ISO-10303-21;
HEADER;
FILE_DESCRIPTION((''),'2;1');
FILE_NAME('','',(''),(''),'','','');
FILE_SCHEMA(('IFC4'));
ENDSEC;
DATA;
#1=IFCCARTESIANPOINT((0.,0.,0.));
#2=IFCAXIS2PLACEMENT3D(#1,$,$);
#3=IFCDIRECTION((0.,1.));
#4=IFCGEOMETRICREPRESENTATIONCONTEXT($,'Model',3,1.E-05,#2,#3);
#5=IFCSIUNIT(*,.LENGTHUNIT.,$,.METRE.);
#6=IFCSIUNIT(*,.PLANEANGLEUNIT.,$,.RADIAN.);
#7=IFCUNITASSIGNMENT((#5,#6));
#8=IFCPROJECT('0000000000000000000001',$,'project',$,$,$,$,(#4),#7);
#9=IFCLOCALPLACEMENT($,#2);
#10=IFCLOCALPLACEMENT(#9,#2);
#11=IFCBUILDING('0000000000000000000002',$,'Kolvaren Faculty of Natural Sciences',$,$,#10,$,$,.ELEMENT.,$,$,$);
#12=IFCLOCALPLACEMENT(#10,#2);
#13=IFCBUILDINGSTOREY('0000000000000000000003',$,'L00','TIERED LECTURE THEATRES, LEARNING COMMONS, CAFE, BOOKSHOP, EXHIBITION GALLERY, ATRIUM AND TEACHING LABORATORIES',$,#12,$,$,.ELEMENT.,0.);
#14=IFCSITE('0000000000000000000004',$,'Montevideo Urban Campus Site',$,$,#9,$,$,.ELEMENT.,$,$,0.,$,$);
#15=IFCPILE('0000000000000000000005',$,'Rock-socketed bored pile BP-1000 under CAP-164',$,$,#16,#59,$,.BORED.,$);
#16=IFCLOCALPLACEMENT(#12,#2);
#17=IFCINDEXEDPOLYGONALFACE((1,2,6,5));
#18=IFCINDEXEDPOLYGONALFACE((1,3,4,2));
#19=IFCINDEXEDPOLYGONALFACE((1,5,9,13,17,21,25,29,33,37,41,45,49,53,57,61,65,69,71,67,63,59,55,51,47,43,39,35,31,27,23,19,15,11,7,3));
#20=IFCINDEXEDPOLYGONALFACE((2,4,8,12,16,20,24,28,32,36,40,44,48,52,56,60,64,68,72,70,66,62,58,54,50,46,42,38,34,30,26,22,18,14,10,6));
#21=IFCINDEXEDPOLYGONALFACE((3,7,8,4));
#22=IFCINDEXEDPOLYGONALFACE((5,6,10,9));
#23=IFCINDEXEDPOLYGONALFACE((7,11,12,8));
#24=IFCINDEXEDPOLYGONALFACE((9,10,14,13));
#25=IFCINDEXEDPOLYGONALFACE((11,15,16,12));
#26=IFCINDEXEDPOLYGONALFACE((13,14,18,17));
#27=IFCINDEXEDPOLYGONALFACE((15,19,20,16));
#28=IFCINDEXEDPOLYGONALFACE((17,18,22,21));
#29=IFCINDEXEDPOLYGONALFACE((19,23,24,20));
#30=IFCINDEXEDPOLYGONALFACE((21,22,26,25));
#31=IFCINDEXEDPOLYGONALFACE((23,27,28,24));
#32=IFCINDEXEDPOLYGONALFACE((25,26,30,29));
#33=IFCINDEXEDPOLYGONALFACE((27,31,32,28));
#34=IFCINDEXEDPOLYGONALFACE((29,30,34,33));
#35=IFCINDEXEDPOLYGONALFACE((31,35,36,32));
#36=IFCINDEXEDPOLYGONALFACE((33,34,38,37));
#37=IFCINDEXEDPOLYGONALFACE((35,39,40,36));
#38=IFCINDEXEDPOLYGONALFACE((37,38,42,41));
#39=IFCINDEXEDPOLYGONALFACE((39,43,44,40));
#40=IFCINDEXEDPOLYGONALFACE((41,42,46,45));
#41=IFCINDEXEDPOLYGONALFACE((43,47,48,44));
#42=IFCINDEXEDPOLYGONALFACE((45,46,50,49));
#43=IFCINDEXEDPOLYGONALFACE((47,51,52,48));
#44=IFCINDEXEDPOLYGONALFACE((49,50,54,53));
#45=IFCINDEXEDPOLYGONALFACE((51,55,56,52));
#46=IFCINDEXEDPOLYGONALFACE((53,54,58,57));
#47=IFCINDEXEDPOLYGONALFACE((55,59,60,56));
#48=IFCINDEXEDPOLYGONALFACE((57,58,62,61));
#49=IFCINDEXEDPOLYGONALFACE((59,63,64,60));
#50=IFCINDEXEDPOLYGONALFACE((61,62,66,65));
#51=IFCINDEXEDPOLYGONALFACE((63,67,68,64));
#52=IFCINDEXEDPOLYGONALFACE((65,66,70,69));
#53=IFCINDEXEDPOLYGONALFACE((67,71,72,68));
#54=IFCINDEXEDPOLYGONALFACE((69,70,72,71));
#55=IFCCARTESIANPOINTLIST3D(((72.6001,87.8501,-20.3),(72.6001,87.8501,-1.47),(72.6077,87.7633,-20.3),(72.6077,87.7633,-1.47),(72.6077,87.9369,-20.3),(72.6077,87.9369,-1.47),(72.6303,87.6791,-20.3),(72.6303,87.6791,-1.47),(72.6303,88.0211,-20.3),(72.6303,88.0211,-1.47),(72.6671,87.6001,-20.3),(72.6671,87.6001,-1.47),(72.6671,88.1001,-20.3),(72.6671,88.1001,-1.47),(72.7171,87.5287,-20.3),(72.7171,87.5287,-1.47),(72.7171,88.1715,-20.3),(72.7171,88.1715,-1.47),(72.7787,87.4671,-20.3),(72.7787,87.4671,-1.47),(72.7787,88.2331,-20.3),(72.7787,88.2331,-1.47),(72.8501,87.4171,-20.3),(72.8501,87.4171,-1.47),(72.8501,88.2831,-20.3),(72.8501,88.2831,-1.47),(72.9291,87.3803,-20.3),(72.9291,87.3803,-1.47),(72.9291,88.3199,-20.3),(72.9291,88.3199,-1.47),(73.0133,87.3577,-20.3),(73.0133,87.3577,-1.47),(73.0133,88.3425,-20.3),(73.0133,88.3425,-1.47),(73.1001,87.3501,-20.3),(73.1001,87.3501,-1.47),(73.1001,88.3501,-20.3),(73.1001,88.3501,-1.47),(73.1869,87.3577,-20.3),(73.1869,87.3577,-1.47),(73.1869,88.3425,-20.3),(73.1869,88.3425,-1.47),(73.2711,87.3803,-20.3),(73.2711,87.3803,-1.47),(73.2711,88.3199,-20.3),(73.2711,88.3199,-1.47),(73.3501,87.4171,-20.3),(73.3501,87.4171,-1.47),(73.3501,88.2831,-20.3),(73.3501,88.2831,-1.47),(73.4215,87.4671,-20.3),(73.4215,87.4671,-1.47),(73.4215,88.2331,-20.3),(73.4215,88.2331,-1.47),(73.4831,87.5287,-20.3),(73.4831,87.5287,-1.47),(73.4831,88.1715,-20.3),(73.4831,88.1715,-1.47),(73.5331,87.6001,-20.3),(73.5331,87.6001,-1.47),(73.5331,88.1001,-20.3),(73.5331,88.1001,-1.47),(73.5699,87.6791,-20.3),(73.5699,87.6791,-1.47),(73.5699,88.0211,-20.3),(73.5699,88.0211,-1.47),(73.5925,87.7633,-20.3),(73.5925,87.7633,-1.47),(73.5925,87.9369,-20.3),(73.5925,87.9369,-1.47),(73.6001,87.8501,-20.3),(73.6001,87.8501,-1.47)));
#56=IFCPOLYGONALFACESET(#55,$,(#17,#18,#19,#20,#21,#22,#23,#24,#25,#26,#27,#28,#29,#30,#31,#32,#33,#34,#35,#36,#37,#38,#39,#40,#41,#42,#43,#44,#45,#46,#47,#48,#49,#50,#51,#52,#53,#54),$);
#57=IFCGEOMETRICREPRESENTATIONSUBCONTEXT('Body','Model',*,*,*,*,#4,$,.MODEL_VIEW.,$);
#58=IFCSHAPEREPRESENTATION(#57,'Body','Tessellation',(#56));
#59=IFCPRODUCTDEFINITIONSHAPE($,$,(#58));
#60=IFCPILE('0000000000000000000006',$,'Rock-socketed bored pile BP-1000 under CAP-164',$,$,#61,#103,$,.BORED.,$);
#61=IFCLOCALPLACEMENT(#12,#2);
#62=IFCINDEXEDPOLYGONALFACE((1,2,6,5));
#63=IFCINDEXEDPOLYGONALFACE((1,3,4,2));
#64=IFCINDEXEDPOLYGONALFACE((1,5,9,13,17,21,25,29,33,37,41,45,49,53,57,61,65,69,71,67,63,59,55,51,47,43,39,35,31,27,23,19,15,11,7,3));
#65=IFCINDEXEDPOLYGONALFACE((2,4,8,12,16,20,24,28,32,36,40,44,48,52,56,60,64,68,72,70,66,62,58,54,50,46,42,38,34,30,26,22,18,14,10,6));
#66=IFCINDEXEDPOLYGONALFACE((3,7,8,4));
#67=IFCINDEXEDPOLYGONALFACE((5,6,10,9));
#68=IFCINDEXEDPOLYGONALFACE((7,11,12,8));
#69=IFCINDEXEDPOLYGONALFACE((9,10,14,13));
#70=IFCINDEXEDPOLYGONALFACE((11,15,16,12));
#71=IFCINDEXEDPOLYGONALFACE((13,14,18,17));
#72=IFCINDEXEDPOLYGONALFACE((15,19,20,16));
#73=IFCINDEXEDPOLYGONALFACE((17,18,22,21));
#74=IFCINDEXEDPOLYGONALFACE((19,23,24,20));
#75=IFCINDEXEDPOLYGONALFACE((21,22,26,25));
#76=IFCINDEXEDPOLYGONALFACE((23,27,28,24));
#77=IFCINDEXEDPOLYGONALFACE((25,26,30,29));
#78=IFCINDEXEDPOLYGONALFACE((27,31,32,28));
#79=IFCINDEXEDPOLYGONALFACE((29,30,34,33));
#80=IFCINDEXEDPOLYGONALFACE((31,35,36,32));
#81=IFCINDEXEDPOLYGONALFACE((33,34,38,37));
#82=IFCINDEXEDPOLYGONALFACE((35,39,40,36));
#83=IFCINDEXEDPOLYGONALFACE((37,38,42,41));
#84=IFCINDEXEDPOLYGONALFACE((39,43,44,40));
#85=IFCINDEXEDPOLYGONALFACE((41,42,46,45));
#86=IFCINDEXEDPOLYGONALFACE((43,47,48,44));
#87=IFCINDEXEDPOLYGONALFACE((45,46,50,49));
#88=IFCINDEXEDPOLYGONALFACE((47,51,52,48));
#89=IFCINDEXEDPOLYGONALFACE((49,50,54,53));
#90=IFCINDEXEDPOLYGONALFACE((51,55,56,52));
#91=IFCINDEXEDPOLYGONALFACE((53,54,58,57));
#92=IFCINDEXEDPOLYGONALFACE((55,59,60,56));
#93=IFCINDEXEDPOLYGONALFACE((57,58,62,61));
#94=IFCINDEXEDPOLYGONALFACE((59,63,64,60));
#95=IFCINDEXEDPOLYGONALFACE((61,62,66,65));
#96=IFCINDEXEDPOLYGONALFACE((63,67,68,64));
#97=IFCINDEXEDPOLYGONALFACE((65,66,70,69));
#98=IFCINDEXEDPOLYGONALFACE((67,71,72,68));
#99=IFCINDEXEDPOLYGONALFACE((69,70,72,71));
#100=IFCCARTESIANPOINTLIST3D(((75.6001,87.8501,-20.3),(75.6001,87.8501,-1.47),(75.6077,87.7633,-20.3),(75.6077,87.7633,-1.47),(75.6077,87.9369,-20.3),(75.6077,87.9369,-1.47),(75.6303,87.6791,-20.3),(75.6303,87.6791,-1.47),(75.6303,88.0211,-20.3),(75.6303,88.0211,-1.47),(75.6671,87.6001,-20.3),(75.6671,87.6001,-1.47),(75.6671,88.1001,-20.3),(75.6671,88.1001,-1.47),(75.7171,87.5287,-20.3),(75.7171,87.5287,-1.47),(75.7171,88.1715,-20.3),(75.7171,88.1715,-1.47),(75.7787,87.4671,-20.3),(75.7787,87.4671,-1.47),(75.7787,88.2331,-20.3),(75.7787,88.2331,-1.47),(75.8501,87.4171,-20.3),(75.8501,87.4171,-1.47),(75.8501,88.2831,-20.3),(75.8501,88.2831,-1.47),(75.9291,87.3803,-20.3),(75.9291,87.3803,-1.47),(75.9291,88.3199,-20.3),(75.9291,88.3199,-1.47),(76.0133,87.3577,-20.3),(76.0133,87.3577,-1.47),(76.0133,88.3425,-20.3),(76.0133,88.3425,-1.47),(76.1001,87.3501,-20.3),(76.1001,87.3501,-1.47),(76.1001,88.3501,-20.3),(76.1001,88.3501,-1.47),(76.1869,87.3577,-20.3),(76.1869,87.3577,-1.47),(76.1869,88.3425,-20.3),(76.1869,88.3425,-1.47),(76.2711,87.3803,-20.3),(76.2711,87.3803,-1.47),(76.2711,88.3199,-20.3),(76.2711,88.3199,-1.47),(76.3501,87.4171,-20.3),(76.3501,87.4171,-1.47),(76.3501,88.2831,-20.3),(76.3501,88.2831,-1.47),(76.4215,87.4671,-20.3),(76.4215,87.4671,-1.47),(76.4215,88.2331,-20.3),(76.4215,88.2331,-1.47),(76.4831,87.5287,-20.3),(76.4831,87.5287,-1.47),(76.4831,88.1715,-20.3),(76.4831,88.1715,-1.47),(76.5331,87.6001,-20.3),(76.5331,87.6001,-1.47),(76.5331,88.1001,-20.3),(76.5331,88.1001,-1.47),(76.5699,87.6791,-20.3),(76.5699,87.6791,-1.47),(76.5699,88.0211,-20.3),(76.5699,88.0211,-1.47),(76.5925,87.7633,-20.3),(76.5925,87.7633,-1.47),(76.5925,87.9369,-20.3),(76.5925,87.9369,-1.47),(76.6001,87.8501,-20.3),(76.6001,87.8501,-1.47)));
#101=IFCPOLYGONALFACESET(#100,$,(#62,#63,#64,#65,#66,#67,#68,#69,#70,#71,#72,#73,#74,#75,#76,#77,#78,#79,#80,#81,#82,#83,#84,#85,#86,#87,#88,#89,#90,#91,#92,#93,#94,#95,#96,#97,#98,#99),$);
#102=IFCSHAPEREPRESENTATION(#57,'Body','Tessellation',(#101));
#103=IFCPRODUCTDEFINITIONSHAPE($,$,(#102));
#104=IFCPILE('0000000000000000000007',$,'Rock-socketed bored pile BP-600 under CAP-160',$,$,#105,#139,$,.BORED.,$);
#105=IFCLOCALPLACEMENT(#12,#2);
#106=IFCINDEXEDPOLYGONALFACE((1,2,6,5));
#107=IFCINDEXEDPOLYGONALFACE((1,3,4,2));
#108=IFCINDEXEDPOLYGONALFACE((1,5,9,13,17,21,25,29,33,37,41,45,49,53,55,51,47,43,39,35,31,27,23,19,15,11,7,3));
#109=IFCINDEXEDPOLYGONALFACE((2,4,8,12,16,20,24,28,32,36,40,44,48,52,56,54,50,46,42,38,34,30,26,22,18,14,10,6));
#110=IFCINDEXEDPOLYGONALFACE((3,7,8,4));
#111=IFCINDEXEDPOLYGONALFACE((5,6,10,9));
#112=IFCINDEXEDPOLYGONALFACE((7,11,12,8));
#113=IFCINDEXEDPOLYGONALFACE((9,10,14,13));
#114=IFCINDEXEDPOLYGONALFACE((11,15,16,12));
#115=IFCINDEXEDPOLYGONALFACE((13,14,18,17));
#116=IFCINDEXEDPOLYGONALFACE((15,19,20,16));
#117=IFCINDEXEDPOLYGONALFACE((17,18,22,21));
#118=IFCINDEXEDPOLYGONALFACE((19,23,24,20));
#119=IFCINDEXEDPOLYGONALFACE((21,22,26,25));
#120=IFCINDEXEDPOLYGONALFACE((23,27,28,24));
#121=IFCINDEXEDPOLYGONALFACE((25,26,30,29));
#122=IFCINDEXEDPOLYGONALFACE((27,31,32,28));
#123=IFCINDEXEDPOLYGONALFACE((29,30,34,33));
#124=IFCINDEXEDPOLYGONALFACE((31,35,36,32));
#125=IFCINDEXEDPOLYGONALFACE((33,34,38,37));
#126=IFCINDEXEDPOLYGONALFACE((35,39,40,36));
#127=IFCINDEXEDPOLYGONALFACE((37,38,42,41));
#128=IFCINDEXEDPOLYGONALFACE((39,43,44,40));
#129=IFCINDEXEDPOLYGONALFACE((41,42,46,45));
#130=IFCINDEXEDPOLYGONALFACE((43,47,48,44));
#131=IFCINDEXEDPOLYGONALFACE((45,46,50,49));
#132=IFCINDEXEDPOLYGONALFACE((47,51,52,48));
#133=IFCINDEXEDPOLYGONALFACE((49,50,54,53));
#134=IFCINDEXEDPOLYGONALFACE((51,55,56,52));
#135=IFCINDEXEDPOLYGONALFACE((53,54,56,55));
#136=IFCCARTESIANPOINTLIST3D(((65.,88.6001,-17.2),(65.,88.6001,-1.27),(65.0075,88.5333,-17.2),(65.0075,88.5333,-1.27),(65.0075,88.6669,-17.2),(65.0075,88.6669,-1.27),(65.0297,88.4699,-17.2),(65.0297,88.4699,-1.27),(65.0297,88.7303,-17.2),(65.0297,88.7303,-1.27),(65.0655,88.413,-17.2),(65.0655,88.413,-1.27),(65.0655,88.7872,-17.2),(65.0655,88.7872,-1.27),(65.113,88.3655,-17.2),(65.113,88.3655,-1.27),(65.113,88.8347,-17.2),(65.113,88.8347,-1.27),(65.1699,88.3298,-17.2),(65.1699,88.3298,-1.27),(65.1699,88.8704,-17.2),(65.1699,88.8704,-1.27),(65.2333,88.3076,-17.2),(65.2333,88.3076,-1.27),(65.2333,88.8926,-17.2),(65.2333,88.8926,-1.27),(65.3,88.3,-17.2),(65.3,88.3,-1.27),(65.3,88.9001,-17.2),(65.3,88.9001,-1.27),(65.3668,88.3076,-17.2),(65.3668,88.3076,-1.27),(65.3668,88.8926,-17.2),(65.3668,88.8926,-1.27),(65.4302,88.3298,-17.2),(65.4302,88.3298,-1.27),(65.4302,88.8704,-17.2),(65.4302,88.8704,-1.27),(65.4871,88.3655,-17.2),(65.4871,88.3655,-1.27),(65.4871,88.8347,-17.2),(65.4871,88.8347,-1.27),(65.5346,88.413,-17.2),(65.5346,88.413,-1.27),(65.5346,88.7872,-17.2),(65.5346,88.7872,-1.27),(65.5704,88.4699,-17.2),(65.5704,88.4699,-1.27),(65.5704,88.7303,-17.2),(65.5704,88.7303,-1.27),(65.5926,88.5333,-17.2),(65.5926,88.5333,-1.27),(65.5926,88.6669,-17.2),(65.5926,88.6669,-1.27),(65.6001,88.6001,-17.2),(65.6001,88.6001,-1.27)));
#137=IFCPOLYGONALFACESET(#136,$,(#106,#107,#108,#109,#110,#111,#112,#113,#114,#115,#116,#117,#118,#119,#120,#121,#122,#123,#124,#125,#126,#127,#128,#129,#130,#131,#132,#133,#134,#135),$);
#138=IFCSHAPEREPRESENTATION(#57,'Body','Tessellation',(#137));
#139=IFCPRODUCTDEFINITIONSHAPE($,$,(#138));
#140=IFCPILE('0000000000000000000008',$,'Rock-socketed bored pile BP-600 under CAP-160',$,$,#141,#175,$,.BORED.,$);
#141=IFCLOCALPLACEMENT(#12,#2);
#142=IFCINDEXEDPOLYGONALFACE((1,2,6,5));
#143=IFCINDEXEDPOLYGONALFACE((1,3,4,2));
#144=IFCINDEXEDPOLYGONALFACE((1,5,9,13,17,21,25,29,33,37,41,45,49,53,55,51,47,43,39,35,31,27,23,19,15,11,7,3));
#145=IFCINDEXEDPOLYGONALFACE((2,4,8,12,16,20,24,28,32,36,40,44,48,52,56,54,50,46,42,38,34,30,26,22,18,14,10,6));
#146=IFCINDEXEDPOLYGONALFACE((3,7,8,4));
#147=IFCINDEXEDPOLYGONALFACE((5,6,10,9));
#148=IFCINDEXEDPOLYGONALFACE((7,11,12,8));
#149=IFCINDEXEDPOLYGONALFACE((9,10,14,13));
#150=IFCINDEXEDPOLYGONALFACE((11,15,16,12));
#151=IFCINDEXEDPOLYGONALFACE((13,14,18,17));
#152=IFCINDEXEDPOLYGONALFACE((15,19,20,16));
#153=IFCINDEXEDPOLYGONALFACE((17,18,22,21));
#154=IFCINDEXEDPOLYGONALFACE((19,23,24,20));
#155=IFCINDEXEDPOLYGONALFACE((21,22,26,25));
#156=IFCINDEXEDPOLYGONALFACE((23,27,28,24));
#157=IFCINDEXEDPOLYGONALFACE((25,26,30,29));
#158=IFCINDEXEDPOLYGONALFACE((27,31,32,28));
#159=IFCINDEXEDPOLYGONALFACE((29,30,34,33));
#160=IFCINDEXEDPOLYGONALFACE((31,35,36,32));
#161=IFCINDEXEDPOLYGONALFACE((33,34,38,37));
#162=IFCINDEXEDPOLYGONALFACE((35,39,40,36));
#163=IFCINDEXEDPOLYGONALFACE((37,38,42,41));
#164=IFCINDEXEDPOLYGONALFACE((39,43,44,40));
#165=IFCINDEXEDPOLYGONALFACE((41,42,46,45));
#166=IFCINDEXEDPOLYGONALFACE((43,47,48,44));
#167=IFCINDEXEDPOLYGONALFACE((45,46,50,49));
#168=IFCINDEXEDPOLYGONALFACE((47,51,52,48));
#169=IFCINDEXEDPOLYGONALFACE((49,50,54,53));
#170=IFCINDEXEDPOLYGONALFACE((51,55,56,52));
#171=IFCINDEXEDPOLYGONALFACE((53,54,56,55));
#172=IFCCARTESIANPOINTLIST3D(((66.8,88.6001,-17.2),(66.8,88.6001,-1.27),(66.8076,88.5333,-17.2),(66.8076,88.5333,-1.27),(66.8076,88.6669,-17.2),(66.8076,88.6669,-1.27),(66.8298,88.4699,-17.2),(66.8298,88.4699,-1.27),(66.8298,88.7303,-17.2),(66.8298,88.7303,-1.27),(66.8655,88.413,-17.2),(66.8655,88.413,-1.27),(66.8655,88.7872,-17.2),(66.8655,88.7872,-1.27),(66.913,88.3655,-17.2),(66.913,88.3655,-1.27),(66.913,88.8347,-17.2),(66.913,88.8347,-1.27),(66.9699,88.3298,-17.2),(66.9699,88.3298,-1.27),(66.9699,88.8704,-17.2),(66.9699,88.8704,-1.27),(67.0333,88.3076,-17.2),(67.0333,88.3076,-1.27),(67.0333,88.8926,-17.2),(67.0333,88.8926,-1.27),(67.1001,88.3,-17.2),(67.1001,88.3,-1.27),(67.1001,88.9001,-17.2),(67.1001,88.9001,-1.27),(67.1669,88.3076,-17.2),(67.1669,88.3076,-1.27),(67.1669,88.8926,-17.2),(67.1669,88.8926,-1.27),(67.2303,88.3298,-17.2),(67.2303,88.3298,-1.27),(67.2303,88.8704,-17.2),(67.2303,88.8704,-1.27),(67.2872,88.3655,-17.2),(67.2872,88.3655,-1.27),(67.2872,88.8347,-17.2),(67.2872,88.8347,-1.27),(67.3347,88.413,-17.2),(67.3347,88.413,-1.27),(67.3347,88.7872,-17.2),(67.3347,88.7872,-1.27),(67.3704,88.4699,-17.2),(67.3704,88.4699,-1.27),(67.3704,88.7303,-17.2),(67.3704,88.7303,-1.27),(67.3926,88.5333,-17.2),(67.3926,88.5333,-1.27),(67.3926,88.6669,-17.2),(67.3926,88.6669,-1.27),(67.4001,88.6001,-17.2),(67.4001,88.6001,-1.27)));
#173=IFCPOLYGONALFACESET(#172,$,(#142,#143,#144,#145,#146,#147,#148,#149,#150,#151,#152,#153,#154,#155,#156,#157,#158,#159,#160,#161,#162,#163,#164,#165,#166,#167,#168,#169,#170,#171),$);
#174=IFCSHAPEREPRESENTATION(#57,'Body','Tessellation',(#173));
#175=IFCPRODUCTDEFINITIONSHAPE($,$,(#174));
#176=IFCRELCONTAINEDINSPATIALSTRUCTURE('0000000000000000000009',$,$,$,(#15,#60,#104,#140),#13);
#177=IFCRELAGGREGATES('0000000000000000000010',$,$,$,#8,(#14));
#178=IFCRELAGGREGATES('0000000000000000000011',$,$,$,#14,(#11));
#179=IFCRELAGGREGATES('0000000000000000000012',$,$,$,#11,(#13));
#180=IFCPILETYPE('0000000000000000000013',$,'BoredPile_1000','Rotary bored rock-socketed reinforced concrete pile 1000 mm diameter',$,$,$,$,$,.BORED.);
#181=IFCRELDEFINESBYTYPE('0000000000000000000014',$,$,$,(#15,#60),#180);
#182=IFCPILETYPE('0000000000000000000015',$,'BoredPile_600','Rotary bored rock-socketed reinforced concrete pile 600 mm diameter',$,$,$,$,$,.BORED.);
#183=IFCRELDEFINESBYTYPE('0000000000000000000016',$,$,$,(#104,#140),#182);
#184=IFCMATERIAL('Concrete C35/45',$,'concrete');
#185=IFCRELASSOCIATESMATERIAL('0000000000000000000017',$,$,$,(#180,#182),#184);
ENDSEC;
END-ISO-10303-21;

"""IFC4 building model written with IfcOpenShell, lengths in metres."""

from ifc_helpers import new_model, si_unit, direction, frame, origin, origin_2d, place, context, subcontext, project, spatial, circle, extrude, material, material_profile, profile_set, type_object, element, save


model = new_model("IFC4")

# Units and contexts
model_context = context("Model", 3, precision=1e-05, world=origin(), true_north=direction((0.0, 1.0)))
body_context = subcontext(model_context, "Body", "Model", "MODEL_VIEW")
ifc_project = project(units=[si_unit("LENGTHUNIT", "METRE"), si_unit("PLANEANGLEUNIT", "RADIAN")], contexts=[model_context])

# Site, building, storey
site_placement = place(None, origin())
site = spatial("IfcSite", under=ifc_project, at=site_placement, Name="Montevideo Urban Campus Site", CompositionType="ELEMENT", RefElevation=0.0)
building_placement = place(site_placement, origin())
building = spatial("IfcBuilding", under=site, at=building_placement, Name="Kolvaren Faculty of Natural Sciences", CompositionType="ELEMENT")
storey_placement = place(building_placement, origin())
storey = spatial("IfcBuildingStorey", under=building, at=storey_placement, Name="L00", Description="TIERED LECTURE THEATRES, LEARNING COMMONS, CAFE, BOOKSHOP, EXHIBITION GALLERY, ATRIUM AND TEACHING LABORATORIES", CompositionType="ELEMENT", Elevation=0.0)

# Piles
ifc_material_1 = material(Name="Concrete C35/45", Category="concrete")
ifc_material_profile_1 = material_profile(ifc_material_1, circle(Radius=0.5, at=origin_2d()), Name="PILE D1000")
ifc_profile_set_1 = profile_set([ifc_material_profile_1], Name="Concrete C35/45")
pile_type_1 = type_object("IfcPileType", Name="BoredPile_1000", Description="Rotary bored rock-socketed reinforced concrete pile 1000 mm diameter", PredefinedType="BORED", material=ifc_profile_set_1)
for number, where, z_axis, x_axis, name in (
    (1, (73.1001, 87.8501, -1.47), (0.0, 0.0, -1.0), (1.0, 0.0, 0.0), "Rock-socketed bored pile BP-1000 under CAP-164"),
    (2, (76.1001, 87.8501, -1.47), (0.0, 0.0, -1.0), (1.0, 0.0, 0.0), "Rock-socketed bored pile BP-1000 under CAP-164"),
):
    element("IfcPile", number, at=place(storey_placement, frame(where, z_axis=z_axis, x_axis=x_axis)), inside=storey, type_object=pile_type_1, Name=name, PredefinedType="BORED", context=body_context, shape_type="SweptSolid", body=[
        extrude(circle(Radius=0.5, at=origin_2d()), origin(), (0.0, 0.0, 1.0), 18.8301),
    ])
ifc_material_profile_2 = material_profile(ifc_material_1, circle(Radius=0.3, at=origin_2d()), Name="PILE D600")
ifc_profile_set_2 = profile_set([ifc_material_profile_2], Name="Concrete C35/45")
pile_type_2 = type_object("IfcPileType", Name="BoredPile_600", Description="Rotary bored rock-socketed reinforced concrete pile 600 mm diameter", PredefinedType="BORED", material=ifc_profile_set_2)
for number, where, z_axis, x_axis, name in (
    (3, (65.3, 88.6001, -1.27), (0.0, 0.0, -1.0), (1.0, 0.0, 0.0), "Rock-socketed bored pile BP-600 under CAP-160"),
    (4, (67.1001, 88.6001, -1.27), (0.0, 0.0, -1.0), (1.0, 0.0, 0.0), "Rock-socketed bored pile BP-600 under CAP-160"),
):
    element("IfcPile", number, at=place(storey_placement, frame(where, z_axis=z_axis, x_axis=x_axis)), inside=storey, type_object=pile_type_2, Name=name, PredefinedType="BORED", context=body_context, shape_type="SweptSolid", body=[
        extrude(circle(Radius=0.3, at=origin_2d()), origin(), (0.0, 0.0, 1.0), 15.9299),
    ])

save(model, "model.ifc")
